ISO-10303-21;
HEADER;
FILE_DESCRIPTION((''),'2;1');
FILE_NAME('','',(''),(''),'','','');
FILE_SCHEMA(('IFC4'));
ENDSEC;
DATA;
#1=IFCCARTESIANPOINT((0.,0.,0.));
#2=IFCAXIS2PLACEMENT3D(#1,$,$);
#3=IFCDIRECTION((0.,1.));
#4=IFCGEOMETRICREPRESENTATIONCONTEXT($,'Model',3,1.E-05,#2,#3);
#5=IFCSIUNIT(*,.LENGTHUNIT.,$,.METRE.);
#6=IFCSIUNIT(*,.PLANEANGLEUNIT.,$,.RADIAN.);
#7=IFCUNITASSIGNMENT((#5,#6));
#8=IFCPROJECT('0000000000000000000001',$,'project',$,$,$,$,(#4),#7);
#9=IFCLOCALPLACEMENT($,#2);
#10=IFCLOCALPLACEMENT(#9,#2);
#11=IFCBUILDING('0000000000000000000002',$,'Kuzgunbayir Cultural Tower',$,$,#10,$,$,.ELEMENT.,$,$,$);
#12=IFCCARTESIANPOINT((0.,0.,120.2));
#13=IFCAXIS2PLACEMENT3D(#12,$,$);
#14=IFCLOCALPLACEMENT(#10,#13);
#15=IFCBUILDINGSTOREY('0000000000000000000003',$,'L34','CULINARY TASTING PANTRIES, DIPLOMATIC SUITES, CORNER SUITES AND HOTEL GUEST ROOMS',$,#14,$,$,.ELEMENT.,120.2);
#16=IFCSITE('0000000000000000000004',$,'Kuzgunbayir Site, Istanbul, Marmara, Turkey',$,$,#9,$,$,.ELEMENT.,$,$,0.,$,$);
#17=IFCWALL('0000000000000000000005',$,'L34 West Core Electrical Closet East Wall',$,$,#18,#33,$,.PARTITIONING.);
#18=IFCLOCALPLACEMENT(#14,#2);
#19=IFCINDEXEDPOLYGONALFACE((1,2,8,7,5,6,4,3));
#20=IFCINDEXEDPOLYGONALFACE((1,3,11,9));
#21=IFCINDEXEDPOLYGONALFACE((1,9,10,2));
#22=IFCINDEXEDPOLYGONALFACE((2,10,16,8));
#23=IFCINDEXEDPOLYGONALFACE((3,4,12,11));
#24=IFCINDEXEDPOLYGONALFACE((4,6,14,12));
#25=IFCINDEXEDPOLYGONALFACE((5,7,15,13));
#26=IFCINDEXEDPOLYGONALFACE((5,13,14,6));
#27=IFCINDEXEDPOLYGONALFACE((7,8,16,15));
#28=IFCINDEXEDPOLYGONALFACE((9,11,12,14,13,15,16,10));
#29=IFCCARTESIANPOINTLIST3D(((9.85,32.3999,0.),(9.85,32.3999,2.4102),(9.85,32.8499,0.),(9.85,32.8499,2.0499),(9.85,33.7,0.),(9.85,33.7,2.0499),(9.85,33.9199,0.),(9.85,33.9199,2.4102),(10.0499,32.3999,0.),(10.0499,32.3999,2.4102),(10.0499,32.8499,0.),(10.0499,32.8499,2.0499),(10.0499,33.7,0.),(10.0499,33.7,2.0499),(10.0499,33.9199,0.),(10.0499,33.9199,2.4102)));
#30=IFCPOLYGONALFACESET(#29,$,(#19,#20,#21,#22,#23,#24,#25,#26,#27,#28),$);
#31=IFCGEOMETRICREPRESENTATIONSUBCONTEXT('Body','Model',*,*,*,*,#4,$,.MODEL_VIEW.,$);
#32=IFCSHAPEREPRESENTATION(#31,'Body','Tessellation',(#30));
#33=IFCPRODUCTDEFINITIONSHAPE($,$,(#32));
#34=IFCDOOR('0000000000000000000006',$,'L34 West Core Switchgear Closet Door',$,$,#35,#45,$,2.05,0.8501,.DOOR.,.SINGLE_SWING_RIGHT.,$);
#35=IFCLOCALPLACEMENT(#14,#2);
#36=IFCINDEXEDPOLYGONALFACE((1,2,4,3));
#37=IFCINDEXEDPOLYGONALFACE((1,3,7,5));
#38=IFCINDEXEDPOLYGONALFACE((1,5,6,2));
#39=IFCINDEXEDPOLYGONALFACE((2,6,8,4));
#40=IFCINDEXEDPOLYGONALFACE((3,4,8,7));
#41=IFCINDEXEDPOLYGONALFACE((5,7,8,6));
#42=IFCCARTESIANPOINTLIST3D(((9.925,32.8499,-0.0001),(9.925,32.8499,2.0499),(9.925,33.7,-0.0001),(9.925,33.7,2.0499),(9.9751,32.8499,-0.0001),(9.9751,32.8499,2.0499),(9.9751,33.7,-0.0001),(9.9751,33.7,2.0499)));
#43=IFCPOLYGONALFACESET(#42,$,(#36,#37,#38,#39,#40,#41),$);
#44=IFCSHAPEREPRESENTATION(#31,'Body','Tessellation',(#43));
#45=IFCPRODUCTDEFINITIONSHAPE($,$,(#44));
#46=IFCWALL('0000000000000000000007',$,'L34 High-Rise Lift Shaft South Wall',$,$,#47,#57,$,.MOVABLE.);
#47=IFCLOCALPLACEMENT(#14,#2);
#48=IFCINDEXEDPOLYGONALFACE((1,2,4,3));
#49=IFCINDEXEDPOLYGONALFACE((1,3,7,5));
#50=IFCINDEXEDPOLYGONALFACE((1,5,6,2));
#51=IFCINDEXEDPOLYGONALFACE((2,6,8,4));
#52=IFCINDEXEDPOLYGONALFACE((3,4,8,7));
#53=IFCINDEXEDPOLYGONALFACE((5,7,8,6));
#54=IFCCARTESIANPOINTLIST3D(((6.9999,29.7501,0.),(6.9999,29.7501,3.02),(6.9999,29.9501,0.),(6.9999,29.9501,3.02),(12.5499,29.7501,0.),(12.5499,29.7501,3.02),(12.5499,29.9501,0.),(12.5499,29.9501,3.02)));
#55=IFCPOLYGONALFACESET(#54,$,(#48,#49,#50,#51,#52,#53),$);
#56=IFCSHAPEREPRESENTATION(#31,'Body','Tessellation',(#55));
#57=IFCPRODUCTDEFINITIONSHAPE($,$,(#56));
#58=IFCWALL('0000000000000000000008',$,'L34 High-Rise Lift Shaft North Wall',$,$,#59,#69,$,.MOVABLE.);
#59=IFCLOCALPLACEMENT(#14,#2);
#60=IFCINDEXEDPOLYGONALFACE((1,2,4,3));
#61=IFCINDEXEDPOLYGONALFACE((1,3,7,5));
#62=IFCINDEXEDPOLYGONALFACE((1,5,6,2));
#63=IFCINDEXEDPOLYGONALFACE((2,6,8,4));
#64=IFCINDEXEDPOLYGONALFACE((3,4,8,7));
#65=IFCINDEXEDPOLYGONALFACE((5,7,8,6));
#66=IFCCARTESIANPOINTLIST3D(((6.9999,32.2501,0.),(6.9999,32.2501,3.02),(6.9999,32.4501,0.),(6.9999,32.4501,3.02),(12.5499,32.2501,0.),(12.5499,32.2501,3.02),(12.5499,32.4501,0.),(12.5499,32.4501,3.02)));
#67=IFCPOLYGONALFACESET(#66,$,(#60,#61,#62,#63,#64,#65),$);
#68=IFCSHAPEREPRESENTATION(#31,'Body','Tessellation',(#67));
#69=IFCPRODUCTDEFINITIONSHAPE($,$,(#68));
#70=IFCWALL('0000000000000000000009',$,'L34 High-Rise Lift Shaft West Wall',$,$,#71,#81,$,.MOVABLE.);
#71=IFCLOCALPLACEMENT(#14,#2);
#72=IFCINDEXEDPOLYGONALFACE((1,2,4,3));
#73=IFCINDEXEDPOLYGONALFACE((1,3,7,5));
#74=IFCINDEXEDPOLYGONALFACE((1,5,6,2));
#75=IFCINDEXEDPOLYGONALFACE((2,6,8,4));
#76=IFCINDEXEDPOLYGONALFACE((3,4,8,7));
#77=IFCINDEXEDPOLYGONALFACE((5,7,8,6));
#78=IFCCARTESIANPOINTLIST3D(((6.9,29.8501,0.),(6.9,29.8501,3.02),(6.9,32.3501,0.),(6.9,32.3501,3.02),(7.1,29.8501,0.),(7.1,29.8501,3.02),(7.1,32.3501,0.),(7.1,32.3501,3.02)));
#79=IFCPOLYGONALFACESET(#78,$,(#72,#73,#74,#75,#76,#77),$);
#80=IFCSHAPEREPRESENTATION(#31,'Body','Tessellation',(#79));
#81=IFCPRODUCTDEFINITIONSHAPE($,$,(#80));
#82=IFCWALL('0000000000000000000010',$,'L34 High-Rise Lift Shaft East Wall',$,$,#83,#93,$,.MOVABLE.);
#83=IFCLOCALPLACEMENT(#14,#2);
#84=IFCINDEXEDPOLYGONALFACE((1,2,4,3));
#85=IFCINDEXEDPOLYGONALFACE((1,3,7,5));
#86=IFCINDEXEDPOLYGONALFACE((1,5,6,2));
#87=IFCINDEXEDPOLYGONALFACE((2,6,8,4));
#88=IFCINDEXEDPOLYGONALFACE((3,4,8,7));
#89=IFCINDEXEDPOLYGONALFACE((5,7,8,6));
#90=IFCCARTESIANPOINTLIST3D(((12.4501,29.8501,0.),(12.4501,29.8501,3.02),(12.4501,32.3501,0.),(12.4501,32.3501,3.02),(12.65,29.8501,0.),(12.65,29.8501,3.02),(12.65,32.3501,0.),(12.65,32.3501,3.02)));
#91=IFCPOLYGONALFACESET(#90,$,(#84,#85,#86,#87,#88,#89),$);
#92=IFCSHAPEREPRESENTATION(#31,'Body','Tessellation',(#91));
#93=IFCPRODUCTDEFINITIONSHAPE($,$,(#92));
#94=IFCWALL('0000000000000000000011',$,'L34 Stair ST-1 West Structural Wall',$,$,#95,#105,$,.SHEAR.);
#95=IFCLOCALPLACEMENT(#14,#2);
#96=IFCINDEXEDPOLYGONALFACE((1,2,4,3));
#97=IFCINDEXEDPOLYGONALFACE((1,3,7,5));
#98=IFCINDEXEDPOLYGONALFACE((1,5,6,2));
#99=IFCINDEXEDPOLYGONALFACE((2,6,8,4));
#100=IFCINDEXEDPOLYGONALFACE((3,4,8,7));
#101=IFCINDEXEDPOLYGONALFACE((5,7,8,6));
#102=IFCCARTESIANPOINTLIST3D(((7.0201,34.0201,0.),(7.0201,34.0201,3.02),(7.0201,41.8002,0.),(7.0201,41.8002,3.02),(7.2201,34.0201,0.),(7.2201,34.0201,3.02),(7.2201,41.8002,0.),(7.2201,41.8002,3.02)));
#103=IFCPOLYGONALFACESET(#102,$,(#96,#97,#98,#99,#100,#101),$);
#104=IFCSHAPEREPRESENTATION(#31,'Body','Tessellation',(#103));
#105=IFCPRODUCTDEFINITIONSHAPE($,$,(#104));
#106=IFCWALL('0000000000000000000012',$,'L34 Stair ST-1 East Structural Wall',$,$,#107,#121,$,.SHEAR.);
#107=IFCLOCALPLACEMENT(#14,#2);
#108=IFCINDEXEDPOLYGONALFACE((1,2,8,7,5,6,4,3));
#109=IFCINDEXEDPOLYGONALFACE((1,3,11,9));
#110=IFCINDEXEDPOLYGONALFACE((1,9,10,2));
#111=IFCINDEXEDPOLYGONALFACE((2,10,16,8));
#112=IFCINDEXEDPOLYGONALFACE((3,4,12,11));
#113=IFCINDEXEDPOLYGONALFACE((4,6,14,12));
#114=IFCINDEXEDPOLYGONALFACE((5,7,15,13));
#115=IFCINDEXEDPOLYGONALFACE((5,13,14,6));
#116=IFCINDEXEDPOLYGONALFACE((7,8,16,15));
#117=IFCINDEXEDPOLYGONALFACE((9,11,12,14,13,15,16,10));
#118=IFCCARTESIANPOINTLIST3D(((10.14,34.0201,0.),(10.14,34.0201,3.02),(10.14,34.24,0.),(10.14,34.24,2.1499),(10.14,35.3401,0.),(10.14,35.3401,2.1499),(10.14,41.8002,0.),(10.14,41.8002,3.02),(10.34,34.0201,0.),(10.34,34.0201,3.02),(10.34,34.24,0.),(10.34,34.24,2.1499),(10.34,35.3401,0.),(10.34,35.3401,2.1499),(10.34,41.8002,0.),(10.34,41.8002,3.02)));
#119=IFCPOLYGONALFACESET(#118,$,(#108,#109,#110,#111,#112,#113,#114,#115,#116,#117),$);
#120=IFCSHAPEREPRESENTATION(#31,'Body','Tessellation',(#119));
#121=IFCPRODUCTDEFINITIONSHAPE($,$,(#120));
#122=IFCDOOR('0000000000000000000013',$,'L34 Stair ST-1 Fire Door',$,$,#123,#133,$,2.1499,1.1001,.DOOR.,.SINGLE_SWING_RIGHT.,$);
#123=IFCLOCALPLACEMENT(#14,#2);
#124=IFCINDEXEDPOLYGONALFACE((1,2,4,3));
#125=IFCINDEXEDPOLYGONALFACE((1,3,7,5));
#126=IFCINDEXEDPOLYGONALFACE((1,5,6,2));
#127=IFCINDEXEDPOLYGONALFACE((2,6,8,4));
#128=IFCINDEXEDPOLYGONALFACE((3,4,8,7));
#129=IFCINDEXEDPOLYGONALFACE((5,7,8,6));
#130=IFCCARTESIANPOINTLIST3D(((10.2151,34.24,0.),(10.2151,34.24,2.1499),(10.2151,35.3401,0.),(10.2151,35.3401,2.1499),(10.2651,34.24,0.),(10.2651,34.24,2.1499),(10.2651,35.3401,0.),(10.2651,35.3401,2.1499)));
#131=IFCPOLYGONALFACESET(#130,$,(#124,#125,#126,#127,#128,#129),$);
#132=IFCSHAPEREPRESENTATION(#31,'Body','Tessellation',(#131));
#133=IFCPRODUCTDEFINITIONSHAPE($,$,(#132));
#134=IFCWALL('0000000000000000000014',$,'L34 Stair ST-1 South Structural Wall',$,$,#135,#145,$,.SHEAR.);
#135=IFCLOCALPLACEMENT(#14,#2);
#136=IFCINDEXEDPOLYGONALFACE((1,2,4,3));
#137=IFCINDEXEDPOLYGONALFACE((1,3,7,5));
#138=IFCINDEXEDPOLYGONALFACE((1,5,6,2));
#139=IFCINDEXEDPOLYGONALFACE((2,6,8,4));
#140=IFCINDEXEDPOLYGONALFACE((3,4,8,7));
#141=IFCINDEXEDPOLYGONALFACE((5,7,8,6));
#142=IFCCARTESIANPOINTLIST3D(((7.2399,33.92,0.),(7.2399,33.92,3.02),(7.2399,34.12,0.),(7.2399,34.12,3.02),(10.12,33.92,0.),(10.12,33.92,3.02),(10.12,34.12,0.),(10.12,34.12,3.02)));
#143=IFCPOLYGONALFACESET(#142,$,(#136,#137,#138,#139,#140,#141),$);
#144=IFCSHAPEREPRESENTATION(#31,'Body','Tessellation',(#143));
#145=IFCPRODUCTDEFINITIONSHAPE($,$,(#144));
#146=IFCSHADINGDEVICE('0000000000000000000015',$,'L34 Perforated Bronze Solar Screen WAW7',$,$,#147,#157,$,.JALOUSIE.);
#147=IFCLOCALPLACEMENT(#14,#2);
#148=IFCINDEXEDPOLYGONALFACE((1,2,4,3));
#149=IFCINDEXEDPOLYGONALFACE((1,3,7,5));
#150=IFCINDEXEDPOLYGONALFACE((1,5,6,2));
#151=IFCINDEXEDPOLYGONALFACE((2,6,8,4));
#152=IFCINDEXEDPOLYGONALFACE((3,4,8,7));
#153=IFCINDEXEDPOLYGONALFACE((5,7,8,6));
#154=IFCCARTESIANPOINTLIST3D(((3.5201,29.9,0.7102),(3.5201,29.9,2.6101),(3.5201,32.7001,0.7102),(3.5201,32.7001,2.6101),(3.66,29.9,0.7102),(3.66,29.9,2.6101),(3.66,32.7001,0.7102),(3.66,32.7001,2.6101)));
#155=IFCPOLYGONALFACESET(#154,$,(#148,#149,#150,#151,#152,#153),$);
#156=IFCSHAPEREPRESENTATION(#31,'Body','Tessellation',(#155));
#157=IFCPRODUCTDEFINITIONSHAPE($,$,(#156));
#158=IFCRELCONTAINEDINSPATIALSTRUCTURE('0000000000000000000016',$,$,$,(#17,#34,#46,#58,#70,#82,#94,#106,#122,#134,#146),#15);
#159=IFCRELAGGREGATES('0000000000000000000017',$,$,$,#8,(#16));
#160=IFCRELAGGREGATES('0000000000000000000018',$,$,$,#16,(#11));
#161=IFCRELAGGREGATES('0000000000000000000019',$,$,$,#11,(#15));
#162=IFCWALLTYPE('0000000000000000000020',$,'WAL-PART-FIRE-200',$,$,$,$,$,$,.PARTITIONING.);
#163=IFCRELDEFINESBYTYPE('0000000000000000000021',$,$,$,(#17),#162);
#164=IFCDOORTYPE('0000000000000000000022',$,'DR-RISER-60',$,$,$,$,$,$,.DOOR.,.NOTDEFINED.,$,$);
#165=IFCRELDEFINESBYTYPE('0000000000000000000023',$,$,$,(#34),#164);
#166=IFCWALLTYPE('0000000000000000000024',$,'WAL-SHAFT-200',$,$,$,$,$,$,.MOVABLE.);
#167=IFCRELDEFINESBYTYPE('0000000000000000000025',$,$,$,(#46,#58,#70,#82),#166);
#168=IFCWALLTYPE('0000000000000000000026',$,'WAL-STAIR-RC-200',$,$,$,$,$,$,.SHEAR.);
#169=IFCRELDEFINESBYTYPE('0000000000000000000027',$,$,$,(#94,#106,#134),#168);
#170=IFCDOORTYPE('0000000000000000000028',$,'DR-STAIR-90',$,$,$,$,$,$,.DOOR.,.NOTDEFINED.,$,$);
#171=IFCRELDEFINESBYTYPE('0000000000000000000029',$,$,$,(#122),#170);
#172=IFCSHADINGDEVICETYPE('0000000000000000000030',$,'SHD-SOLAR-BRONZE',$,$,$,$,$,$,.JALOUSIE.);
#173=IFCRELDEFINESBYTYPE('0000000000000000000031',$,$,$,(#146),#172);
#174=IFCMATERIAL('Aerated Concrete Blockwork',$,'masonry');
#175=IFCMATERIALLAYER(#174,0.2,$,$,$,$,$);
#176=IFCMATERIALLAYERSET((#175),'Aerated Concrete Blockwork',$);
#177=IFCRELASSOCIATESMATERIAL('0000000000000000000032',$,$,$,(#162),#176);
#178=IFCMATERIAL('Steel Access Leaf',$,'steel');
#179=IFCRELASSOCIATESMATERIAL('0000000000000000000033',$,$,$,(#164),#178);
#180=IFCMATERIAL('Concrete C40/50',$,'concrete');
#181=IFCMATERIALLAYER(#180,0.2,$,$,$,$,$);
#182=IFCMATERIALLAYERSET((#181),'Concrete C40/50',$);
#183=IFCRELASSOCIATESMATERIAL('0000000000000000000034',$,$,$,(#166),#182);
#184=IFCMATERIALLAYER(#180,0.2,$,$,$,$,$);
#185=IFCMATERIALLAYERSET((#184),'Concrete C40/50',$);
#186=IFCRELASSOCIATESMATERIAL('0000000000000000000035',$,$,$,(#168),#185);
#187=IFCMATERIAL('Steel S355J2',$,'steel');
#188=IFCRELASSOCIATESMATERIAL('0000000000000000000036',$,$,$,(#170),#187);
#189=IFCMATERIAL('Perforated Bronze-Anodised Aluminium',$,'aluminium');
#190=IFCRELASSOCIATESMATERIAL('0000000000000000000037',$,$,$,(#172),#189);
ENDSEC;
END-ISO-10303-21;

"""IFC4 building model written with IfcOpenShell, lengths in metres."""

from ifc_helpers import new_model, si_unit, direction, frame, frame_2d, origin, origin_2d, place, context, subcontext, project, spatial, rectangle, extrude, material, layer, layer_set, type_object, element, fill, save


model = new_model("IFC4")

# Units and contexts
model_context = context("Model", 3, precision=1e-05, world=origin(), true_north=direction((0.0, 1.0)))
body_context = subcontext(model_context, "Body", "Model", "MODEL_VIEW")
ifc_project = project(units=[si_unit("LENGTHUNIT", "METRE"), si_unit("PLANEANGLEUNIT", "RADIAN")], contexts=[model_context])

# Site, building, storey
site_placement = place(None, origin())
site = spatial("IfcSite", under=ifc_project, at=site_placement, Name="Kuzgunbayir Site, Istanbul, Marmara, Turkey", CompositionType="ELEMENT", RefElevation=0.0)
building_placement = place(site_placement, origin())
building = spatial("IfcBuilding", under=site, at=building_placement, Name="Kuzgunbayir Cultural Tower", CompositionType="ELEMENT")
storey_placement = place(building_placement, frame((0.0, 0.0, 120.2)))
storey = spatial("IfcBuildingStorey", under=building, at=storey_placement, Name="L34", Description="CULINARY TASTING PANTRIES, DIPLOMATIC SUITES, CORNER SUITES AND HOTEL GUEST ROOMS", CompositionType="ELEMENT", Elevation=120.2)

# Shared definitions
ifc_material_1 = material(Name="Steel S355J2", Category="steel")

# Shared definitions
ifc_material_2 = material(Name="Aerated Concrete Blockwork", Category="masonry")
ifc_layer_1 = layer(ifc_material_2, 0.2)
ifc_layer_set_1 = layer_set([ifc_layer_1], Name="Aerated Concrete Blockwork")
wall_type_1 = type_object("IfcWallType", Name="WAL-PART-FIRE-200", PredefinedType="PARTITIONING", material=ifc_layer_set_1)

# Shared definitions
ifc_material_3 = material(Name="Steel Access Leaf", Category="steel")
door_type_1 = type_object("IfcDoorType", Name="DR-RISER-60", OperationType="NOTDEFINED", PredefinedType="DOOR", material=ifc_material_3)

# Wall, opening, door
wall_1_placement = place(storey_placement, frame((9.95, 32.3999, 0.0), z_axis=(0.0, 0.0, 1.0), x_axis=(0.0, 1.0, 0.0)))
wall_1 = element("IfcWall", 1, at=wall_1_placement, inside=storey, type_object=wall_type_1, Name="L34 West Core Electrical Closet East Wall", PredefinedType="PARTITIONING", context=body_context, shape_type="SweptSolid", body=[
    extrude(rectangle(XDim=1.52, YDim=0.2, at=frame_2d((0.76, 0.0))), origin(), (0.0, 0.0, 1.0), 2.4102),
])
opening_1_placement = place(wall_1_placement, frame((0.45, 0.0, 0.0)))
opening_1 = element("IfcOpeningElement", 2, at=opening_1_placement, cuts=wall_1, PredefinedType="OPENING", context=body_context, shape_type="SweptSolid", body=[
    extrude(rectangle(XDim=0.8501, YDim=2.05, at=frame_2d((0.425, 1.0249))), frame((0.0, 0.1099, 0.0), z_axis=(0.0, -1.0, 0.0), x_axis=(1.0, 0.0, 0.0)), (0.0, 0.0, 1.0), 0.22),
])
door_1_placement = place(opening_1_placement, origin())
door_1 = element("IfcDoor", 3, at=door_1_placement, inside=storey, type_object=door_type_1, Name="L34 West Core Switchgear Closet Door", OperationType="SINGLE_SWING_RIGHT", OverallHeight=2.05, OverallWidth=0.8501, PredefinedType="DOOR", context=body_context, shape_type="SweptSolid", body=[
    extrude(rectangle(XDim=0.8501, YDim=2.05, at=frame_2d((0.425, 1.0249))), frame((0.0, 0.0249, 0.0), z_axis=(0.0, -1.0, 0.0), x_axis=(1.0, 0.0, 0.0)), (0.0, 0.0, 1.0), 0.05),
])
fill(opening_1, door_1)

# Walls
ifc_material_4 = material(Name="Concrete C40/50", Category="concrete")
ifc_layer_2 = layer(ifc_material_4, 0.2)
ifc_layer_set_2 = layer_set([ifc_layer_2], Name="Concrete C40/50")
wall_type_2 = type_object("IfcWallType", Name="WAL-SHAFT-200", PredefinedType="MOVABLE", material=ifc_layer_set_2)
for number, where, z_axis, x_axis, name in (
    (4, (7.0, 29.8501, 0.0), (0.0, 0.0, 1.0), (1.0, 0.0, 0.0), "L34 High-Rise Lift Shaft South Wall"),
    (5, (7.0, 32.3501, 0.0), (0.0, 0.0, 1.0), (1.0, 0.0, 0.0), "L34 High-Rise Lift Shaft North Wall"),
):
    element("IfcWall", number, at=place(storey_placement, frame(where, z_axis=z_axis, x_axis=x_axis)), inside=storey, type_object=wall_type_2, Name=name, PredefinedType="MOVABLE", context=body_context, shape_type="SweptSolid", body=[
        extrude(rectangle(XDim=5.55, YDim=0.2, at=frame_2d((2.7749, 0.0))), origin(), (0.0, 0.0, 1.0), 3.02),
    ])
for number, where, z_axis, x_axis, name in (
    (6, (7.0, 29.8501, 0.0), (0.0, 0.0, 1.0), (0.0, 1.0, 0.0), "L34 High-Rise Lift Shaft West Wall"),
    (7, (12.55, 29.8501, 0.0), (0.0, 0.0, 1.0), (0.0, 1.0, 0.0), "L34 High-Rise Lift Shaft East Wall"),
):
    element("IfcWall", number, at=place(storey_placement, frame(where, z_axis=z_axis, x_axis=x_axis)), inside=storey, type_object=wall_type_2, Name=name, PredefinedType="MOVABLE", context=body_context, shape_type="SweptSolid", body=[
        extrude(rectangle(XDim=2.5, YDim=0.2, at=frame_2d((1.25, 0.0))), origin(), (0.0, 0.0, 1.0), 3.02),
    ])
ifc_layer_3 = layer(ifc_material_4, 0.2)
ifc_layer_set_3 = layer_set([ifc_layer_3], Name="Concrete C40/50")
wall_type_3 = type_object("IfcWallType", Name="WAL-STAIR-RC-200", PredefinedType="SHEAR", material=ifc_layer_set_3)
wall_2_placement = place(storey_placement, frame((7.1201, 34.02, 0.0), z_axis=(0.0, 0.0, 1.0), x_axis=(0.0, 1.0, 0.0)))
element("IfcWall", 8, at=wall_2_placement, inside=storey, type_object=wall_type_3, Name="L34 Stair ST-1 West Structural Wall", PredefinedType="SHEAR", context=body_context, shape_type="SweptSolid", body=[
    extrude(rectangle(XDim=7.78, YDim=0.2, at=frame_2d((3.8901, 0.0))), origin(), (0.0, 0.0, 1.0), 3.02),
])

# Wall, opening, door
wall_3_placement = place(storey_placement, frame((10.24, 34.02, 0.0), z_axis=(0.0, 0.0, 1.0), x_axis=(0.0, 1.0, 0.0)))
wall_3 = element("IfcWall", 9, at=wall_3_placement, inside=storey, type_object=wall_type_3, Name="L34 Stair ST-1 East Structural Wall", PredefinedType="SHEAR", context=body_context, shape_type="SweptSolid", body=[
    extrude(rectangle(XDim=7.78, YDim=0.2, at=frame_2d((3.8901, 0.0))), origin(), (0.0, 0.0, 1.0), 3.02),
])
opening_2_placement = place(wall_3_placement, frame((0.22, 0.0, 0.0)))
opening_2 = element("IfcOpeningElement", 10, at=opening_2_placement, cuts=wall_3, PredefinedType="OPENING", context=body_context, shape_type="SweptSolid", body=[
    extrude(rectangle(XDim=1.1001, YDim=2.1499, at=frame_2d((0.55, 1.075))), frame((0.0, 0.1099, 0.0), z_axis=(0.0, -1.0, 0.0), x_axis=(1.0, 0.0, 0.0)), (0.0, 0.0, 1.0), 0.22),
])
door_type_2 = type_object("IfcDoorType", Name="DR-STAIR-90", OperationType="NOTDEFINED", PredefinedType="DOOR", material=ifc_material_1)
door_2_placement = place(opening_2_placement, origin())
door_2 = element("IfcDoor", 11, at=door_2_placement, inside=storey, type_object=door_type_2, Name="L34 Stair ST-1 Fire Door", OperationType="SINGLE_SWING_RIGHT", OverallHeight=2.1499, OverallWidth=1.1001, PredefinedType="DOOR", context=body_context, shape_type="SweptSolid", body=[
    extrude(rectangle(XDim=1.1001, YDim=2.1499, at=frame_2d((0.55, 1.075))), frame((0.0, 0.0249, 0.0), z_axis=(0.0, -1.0, 0.0), x_axis=(1.0, 0.0, 0.0)), (0.0, 0.0, 1.0), 0.05),
])
fill(opening_2, door_2)

# Wall
wall_4_placement = place(storey_placement, frame((7.24, 34.02, 0.0), z_axis=(0.0, 0.0, 1.0), x_axis=(1.0, 0.0, 0.0)))
element("IfcWall", 12, at=wall_4_placement, inside=storey, type_object=wall_type_3, Name="L34 Stair ST-1 South Structural Wall", PredefinedType="SHEAR", context=body_context, shape_type="SweptSolid", body=[
    extrude(rectangle(XDim=2.8801, YDim=0.2, at=frame_2d((1.4399, 0.0))), origin(), (0.0, 0.0, 1.0), 3.02),
])

# Shading device
ifc_material_5 = material(Name="Perforated Bronze-Anodised Aluminium", Category="aluminium")
shading_device_type = type_object("IfcShadingDeviceType", Name="SHD-SOLAR-BRONZE", PredefinedType="JALOUSIE", material=ifc_material_5)
shading_device_placement = place(storey_placement, frame((3.5901, 31.3, 0.7102), z_axis=(0.0, 0.0, 1.0), x_axis=(1.0, 0.0, 0.0)))
element("IfcShadingDevice", 13, at=shading_device_placement, inside=storey, type_object=shading_device_type, Name="L34 Perforated Bronze Solar Screen WAW7", PredefinedType="JALOUSIE", context=body_context, shape_type="SweptSolid", body=[
    extrude(rectangle(XDim=0.1399, YDim=2.8, at=origin_2d()), origin(), (0.0, 0.0, 1.0), 1.8999),
])

save(model, "model.ifc")
